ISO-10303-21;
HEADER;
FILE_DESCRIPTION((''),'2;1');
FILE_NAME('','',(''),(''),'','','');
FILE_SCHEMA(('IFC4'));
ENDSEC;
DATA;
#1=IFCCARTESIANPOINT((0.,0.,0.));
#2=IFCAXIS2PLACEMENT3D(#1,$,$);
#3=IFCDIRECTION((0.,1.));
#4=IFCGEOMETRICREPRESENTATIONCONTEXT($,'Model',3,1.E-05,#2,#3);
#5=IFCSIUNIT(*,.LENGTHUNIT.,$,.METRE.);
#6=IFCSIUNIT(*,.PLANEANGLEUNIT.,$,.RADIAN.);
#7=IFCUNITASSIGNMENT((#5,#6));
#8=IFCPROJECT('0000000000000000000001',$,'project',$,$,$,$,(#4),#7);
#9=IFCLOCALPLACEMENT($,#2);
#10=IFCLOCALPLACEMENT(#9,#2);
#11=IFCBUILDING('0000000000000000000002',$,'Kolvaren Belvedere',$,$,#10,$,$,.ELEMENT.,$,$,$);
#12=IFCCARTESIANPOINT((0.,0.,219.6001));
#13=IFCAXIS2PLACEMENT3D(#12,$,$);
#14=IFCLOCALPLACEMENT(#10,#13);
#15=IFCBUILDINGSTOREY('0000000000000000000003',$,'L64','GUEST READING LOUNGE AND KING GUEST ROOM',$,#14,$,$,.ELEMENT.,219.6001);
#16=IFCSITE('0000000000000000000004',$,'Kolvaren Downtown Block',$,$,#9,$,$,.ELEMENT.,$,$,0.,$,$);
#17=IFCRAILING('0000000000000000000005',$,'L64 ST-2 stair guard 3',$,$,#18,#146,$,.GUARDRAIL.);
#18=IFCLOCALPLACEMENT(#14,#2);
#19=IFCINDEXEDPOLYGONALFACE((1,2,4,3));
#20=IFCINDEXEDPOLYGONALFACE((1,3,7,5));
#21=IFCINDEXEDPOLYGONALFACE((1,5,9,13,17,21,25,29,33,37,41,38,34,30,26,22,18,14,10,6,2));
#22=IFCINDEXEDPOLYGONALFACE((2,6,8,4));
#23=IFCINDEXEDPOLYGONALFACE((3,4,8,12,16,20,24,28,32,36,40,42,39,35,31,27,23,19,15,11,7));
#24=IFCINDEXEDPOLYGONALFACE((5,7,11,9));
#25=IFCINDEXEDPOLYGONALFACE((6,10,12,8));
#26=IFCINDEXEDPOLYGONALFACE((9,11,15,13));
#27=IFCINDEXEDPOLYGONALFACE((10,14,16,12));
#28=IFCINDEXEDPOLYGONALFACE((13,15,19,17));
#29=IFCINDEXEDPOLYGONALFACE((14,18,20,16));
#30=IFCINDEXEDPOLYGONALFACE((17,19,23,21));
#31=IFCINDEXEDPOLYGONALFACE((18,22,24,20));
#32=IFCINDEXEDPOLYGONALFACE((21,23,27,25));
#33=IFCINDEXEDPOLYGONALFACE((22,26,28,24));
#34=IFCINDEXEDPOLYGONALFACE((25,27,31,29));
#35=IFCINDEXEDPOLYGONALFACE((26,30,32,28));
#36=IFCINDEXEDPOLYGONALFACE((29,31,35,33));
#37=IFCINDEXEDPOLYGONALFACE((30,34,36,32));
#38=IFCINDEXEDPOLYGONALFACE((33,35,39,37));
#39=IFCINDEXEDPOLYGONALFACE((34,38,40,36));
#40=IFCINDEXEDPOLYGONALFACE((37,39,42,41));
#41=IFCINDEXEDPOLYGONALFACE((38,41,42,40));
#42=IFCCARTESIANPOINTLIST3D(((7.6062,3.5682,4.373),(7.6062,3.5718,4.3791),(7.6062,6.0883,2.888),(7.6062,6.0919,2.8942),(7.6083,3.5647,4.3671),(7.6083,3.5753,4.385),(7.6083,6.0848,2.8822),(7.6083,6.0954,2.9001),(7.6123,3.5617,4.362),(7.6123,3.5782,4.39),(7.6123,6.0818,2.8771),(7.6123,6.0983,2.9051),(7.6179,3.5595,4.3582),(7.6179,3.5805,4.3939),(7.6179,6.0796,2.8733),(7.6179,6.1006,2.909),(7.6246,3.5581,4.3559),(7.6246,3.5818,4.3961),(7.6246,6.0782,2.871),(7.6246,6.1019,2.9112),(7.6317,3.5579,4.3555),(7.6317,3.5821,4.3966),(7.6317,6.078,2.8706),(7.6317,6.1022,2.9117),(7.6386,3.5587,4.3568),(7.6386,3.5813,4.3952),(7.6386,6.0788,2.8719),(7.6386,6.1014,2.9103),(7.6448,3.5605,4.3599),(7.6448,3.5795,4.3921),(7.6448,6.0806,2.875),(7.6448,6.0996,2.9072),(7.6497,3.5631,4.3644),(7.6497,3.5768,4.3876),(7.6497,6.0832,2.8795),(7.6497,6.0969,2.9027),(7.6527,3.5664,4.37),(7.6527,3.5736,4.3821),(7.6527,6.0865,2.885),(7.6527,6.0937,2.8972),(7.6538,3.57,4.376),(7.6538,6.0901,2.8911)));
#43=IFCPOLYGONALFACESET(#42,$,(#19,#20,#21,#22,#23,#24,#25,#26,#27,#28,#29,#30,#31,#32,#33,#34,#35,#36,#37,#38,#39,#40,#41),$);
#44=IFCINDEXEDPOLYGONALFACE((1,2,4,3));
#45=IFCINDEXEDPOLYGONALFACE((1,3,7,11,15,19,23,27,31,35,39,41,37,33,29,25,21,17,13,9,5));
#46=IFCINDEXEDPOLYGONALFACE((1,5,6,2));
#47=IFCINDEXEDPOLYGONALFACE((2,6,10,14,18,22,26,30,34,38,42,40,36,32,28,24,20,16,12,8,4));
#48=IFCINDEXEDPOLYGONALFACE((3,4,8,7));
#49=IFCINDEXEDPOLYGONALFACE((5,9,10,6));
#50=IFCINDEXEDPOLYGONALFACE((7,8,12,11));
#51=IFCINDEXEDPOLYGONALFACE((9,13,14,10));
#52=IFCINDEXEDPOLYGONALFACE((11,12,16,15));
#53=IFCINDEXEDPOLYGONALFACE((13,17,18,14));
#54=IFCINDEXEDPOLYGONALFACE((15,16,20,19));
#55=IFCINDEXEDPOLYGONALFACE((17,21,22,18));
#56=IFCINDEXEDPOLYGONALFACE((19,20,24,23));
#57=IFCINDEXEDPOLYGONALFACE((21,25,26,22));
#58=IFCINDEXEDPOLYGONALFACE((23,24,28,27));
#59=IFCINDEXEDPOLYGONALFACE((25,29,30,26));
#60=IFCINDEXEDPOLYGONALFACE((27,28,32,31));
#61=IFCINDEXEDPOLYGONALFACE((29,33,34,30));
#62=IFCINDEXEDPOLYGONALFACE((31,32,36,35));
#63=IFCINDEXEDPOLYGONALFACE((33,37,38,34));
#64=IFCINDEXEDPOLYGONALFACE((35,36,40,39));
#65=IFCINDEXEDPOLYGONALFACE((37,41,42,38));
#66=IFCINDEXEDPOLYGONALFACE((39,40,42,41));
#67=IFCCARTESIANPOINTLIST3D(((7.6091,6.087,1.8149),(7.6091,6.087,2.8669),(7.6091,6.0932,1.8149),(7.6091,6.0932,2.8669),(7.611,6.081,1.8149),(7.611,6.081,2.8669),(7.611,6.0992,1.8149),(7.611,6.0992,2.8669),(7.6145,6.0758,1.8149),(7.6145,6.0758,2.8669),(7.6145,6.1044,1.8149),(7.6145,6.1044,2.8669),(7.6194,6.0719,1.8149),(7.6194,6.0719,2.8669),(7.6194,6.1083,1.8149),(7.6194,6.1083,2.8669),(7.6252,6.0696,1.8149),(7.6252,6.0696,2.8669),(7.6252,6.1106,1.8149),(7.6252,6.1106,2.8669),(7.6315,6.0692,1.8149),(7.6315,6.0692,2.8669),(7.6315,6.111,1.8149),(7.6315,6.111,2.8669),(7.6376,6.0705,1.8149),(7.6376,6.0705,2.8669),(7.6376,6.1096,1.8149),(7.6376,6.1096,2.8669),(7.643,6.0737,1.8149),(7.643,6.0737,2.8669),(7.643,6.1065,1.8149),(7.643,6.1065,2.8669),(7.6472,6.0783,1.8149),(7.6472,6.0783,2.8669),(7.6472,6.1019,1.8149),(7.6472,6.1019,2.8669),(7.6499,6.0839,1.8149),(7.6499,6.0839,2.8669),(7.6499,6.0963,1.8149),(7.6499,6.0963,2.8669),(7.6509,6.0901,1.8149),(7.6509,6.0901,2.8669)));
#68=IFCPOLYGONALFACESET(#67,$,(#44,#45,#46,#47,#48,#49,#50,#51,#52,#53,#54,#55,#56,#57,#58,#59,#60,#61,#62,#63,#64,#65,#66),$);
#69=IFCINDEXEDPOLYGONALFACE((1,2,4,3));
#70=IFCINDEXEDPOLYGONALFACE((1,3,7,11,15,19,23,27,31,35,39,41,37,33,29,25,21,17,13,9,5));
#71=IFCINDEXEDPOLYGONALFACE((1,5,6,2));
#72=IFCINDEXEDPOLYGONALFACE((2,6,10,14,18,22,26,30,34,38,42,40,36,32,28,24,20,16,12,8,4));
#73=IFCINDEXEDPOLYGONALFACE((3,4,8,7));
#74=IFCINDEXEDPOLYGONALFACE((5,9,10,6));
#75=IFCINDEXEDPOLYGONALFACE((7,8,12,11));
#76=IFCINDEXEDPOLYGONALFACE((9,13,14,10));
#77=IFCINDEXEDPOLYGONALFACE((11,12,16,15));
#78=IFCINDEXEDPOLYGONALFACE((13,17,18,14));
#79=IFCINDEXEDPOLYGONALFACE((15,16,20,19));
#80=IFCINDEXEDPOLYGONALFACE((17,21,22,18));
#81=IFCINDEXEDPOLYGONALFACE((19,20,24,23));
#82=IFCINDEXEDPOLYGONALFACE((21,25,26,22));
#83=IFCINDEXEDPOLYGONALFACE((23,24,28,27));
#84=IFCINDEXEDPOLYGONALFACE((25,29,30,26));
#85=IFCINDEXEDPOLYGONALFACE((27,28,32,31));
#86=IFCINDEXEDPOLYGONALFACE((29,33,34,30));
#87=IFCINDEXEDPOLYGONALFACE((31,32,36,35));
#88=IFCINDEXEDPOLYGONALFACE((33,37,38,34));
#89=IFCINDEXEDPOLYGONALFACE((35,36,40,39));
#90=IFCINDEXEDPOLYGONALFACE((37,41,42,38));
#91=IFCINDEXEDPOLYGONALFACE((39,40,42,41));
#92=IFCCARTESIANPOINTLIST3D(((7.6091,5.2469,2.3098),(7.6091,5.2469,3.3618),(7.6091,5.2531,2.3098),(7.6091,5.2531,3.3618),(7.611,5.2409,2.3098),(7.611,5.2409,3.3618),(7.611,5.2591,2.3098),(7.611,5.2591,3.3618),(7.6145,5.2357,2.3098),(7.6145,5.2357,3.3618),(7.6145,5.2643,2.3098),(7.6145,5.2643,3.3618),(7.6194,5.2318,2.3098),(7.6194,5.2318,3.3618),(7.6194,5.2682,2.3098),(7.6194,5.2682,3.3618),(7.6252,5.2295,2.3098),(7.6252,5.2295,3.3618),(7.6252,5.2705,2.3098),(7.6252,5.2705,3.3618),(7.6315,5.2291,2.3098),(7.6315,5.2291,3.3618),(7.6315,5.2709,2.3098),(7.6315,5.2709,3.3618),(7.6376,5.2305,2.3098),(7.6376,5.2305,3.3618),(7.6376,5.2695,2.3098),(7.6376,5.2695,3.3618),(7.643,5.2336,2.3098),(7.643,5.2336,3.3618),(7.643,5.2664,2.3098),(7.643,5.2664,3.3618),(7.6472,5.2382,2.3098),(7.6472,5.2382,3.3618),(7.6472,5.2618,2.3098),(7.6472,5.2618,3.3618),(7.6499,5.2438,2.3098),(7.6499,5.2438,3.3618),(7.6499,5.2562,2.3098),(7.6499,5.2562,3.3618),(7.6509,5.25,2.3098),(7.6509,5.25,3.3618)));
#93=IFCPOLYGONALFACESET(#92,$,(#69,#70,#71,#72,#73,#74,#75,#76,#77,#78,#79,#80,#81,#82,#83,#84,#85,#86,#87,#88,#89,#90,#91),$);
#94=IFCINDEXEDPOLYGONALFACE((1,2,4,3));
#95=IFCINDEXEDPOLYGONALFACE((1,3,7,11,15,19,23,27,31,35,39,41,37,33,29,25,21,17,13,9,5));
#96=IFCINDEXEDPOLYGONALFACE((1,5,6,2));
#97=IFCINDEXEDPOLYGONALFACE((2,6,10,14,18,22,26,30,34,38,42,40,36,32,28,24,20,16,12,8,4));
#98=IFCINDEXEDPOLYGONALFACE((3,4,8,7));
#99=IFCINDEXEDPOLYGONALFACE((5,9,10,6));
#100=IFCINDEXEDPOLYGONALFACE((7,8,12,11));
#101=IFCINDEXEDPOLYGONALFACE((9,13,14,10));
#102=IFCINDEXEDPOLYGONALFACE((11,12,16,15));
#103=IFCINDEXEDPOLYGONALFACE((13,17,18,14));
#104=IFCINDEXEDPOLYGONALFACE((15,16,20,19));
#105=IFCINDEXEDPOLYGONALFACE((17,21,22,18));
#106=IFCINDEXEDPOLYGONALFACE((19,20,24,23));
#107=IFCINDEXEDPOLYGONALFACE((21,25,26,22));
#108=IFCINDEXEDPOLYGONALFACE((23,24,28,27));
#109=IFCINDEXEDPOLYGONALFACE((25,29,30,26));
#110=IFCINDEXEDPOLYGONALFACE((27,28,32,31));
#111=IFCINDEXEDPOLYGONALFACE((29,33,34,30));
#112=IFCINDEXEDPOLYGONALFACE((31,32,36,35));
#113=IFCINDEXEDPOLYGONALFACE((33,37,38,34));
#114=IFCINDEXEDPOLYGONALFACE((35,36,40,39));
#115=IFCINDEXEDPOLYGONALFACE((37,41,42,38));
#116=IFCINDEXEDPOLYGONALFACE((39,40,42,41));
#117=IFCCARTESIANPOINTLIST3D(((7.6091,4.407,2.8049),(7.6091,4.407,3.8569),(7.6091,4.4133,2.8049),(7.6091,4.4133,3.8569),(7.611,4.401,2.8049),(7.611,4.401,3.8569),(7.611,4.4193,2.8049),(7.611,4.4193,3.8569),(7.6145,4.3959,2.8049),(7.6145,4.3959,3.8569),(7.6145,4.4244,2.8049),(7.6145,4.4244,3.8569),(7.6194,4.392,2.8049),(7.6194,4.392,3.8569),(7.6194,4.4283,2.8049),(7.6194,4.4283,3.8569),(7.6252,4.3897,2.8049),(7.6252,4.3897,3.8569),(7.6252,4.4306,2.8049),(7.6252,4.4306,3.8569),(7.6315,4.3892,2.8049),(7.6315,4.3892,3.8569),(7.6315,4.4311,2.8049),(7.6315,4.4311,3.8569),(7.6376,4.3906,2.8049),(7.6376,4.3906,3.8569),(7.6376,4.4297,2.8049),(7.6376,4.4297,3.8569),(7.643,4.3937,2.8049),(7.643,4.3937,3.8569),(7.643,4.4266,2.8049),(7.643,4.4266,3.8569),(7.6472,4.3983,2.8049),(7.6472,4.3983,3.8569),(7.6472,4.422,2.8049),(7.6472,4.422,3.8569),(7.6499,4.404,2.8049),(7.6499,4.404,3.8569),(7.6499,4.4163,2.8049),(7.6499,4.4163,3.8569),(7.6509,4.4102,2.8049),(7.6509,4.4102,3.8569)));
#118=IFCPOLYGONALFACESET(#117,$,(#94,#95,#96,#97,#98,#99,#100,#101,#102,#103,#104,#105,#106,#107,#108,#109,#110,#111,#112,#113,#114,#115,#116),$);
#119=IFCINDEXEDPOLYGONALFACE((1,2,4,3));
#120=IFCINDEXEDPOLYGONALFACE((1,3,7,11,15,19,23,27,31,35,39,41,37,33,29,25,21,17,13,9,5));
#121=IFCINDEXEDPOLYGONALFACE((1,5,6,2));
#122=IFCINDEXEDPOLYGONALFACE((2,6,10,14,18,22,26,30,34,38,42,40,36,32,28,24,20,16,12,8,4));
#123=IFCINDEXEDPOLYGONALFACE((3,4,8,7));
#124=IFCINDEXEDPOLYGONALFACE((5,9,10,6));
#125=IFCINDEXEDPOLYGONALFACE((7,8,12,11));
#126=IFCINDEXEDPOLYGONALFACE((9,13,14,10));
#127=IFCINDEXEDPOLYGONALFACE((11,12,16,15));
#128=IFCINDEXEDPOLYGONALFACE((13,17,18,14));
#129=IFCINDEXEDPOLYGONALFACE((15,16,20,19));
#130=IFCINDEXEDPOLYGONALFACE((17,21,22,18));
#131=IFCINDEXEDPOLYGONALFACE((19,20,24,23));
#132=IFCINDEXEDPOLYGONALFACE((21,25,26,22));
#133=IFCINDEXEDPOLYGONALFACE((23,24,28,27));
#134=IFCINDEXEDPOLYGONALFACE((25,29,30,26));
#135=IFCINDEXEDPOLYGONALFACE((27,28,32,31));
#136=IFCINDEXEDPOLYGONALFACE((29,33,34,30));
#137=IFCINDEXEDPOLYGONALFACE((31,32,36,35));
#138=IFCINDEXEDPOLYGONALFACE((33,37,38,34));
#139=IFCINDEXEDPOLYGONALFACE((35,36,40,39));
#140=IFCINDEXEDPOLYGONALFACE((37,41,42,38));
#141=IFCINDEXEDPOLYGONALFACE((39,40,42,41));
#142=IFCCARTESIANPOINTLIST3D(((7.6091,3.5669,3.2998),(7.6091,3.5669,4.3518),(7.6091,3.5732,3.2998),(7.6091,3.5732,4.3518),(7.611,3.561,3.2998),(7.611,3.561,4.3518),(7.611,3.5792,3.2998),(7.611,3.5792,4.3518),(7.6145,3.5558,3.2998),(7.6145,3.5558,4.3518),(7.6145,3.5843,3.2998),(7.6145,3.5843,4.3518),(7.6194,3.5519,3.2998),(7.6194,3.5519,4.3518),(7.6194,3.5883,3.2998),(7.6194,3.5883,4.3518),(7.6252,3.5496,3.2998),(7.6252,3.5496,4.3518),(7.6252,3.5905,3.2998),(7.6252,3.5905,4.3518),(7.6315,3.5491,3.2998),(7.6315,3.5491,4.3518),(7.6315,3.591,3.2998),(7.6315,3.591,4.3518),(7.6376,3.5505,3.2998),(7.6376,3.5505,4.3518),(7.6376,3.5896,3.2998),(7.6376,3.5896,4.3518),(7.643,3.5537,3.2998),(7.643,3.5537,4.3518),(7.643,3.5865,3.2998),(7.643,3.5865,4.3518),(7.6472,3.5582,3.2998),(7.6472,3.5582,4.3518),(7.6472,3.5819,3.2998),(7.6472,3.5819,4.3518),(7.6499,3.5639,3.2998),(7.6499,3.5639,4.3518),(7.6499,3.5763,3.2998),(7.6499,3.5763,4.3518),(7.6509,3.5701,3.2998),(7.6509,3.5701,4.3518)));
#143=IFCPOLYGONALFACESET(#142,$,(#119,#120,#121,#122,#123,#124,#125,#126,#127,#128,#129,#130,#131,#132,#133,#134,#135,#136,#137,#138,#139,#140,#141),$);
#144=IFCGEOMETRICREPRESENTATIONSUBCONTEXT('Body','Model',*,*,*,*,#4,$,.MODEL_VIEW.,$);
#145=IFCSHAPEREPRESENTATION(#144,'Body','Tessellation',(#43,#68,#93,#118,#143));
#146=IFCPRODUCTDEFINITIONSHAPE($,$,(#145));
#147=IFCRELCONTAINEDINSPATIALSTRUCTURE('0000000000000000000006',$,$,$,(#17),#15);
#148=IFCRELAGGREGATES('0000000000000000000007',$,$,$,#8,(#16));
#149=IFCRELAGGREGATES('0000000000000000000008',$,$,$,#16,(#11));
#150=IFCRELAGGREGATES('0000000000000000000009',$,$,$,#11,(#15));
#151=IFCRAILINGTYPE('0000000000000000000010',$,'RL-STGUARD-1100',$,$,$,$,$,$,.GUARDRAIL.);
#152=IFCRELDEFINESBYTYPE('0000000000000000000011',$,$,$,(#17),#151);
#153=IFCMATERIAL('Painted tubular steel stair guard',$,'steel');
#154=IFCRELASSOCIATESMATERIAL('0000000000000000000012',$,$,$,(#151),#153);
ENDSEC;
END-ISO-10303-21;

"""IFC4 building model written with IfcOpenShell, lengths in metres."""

from ifc_helpers import new_model, si_unit, direction, frame, origin, origin_2d, place, context, subcontext, project, spatial, circle, extrude, material, type_object, element, save


model = new_model("IFC4")

# Units and contexts
model_context = context("Model", 3, precision=1e-05, world=origin(), true_north=direction((0.0, 1.0)))
body_context = subcontext(model_context, "Body", "Model", "MODEL_VIEW")
ifc_project = project(units=[si_unit("LENGTHUNIT", "METRE"), si_unit("PLANEANGLEUNIT", "RADIAN")], contexts=[model_context])

# Site, building, storey
site_placement = place(None, origin())
site = spatial("IfcSite", under=ifc_project, at=site_placement, Name="Kolvaren Downtown Block", CompositionType="ELEMENT", RefElevation=0.0)
building_placement = place(site_placement, origin())
building = spatial("IfcBuilding", under=site, at=building_placement, Name="Kolvaren Belvedere", CompositionType="ELEMENT")
storey_placement = place(building_placement, frame((0.0, 0.0, 219.6001)))
storey = spatial("IfcBuildingStorey", under=building, at=storey_placement, Name="L64", Description="GUEST READING LOUNGE AND KING GUEST ROOM", CompositionType="ELEMENT", Elevation=219.6001)

# Railing
ifc_material_1 = material(Name="Painted tubular steel stair guard", Category="steel")
railing_type_1 = type_object("IfcRailingType", Name="RL-STGUARD-1100", PredefinedType="GUARDRAIL", material=ifc_material_1)
railing_1_placement = place(storey_placement, frame((7.6299, 6.0901, 1.8149)))
element("IfcRailing", 1, at=railing_1_placement, inside=storey, type_object=railing_type_1, Name="L64 ST-2 stair guard 3", PredefinedType="GUARDRAIL", context=body_context, shape_type="SweptSolid", body=[
    extrude(circle(Radius=0.0239, at=origin_2d()), frame((0.0, 0.0, 1.0762), z_axis=(0.0, -0.861561, 0.507655), x_axis=(1.0, 0.0, 0.0)), (0.0, 0.0, 1.0), 2.925),
    extrude(circle(Radius=0.021, at=origin_2d()), origin(), (0.0, 0.0, 1.0), 1.052),
    extrude(circle(Radius=0.021, at=origin_2d()), frame((0.0, -0.8401, 0.4949)), (0.0, 0.0, 1.0), 1.052),
    extrude(circle(Radius=0.021, at=origin_2d()), frame((0.0, -1.6799, 0.99)), (0.0, 0.0, 1.0), 1.052),
    extrude(circle(Radius=0.021, at=origin_2d()), frame((0.0, -2.52, 1.4849)), (0.0, 0.0, 1.0), 1.052),
])

save(model, "model.ifc")
